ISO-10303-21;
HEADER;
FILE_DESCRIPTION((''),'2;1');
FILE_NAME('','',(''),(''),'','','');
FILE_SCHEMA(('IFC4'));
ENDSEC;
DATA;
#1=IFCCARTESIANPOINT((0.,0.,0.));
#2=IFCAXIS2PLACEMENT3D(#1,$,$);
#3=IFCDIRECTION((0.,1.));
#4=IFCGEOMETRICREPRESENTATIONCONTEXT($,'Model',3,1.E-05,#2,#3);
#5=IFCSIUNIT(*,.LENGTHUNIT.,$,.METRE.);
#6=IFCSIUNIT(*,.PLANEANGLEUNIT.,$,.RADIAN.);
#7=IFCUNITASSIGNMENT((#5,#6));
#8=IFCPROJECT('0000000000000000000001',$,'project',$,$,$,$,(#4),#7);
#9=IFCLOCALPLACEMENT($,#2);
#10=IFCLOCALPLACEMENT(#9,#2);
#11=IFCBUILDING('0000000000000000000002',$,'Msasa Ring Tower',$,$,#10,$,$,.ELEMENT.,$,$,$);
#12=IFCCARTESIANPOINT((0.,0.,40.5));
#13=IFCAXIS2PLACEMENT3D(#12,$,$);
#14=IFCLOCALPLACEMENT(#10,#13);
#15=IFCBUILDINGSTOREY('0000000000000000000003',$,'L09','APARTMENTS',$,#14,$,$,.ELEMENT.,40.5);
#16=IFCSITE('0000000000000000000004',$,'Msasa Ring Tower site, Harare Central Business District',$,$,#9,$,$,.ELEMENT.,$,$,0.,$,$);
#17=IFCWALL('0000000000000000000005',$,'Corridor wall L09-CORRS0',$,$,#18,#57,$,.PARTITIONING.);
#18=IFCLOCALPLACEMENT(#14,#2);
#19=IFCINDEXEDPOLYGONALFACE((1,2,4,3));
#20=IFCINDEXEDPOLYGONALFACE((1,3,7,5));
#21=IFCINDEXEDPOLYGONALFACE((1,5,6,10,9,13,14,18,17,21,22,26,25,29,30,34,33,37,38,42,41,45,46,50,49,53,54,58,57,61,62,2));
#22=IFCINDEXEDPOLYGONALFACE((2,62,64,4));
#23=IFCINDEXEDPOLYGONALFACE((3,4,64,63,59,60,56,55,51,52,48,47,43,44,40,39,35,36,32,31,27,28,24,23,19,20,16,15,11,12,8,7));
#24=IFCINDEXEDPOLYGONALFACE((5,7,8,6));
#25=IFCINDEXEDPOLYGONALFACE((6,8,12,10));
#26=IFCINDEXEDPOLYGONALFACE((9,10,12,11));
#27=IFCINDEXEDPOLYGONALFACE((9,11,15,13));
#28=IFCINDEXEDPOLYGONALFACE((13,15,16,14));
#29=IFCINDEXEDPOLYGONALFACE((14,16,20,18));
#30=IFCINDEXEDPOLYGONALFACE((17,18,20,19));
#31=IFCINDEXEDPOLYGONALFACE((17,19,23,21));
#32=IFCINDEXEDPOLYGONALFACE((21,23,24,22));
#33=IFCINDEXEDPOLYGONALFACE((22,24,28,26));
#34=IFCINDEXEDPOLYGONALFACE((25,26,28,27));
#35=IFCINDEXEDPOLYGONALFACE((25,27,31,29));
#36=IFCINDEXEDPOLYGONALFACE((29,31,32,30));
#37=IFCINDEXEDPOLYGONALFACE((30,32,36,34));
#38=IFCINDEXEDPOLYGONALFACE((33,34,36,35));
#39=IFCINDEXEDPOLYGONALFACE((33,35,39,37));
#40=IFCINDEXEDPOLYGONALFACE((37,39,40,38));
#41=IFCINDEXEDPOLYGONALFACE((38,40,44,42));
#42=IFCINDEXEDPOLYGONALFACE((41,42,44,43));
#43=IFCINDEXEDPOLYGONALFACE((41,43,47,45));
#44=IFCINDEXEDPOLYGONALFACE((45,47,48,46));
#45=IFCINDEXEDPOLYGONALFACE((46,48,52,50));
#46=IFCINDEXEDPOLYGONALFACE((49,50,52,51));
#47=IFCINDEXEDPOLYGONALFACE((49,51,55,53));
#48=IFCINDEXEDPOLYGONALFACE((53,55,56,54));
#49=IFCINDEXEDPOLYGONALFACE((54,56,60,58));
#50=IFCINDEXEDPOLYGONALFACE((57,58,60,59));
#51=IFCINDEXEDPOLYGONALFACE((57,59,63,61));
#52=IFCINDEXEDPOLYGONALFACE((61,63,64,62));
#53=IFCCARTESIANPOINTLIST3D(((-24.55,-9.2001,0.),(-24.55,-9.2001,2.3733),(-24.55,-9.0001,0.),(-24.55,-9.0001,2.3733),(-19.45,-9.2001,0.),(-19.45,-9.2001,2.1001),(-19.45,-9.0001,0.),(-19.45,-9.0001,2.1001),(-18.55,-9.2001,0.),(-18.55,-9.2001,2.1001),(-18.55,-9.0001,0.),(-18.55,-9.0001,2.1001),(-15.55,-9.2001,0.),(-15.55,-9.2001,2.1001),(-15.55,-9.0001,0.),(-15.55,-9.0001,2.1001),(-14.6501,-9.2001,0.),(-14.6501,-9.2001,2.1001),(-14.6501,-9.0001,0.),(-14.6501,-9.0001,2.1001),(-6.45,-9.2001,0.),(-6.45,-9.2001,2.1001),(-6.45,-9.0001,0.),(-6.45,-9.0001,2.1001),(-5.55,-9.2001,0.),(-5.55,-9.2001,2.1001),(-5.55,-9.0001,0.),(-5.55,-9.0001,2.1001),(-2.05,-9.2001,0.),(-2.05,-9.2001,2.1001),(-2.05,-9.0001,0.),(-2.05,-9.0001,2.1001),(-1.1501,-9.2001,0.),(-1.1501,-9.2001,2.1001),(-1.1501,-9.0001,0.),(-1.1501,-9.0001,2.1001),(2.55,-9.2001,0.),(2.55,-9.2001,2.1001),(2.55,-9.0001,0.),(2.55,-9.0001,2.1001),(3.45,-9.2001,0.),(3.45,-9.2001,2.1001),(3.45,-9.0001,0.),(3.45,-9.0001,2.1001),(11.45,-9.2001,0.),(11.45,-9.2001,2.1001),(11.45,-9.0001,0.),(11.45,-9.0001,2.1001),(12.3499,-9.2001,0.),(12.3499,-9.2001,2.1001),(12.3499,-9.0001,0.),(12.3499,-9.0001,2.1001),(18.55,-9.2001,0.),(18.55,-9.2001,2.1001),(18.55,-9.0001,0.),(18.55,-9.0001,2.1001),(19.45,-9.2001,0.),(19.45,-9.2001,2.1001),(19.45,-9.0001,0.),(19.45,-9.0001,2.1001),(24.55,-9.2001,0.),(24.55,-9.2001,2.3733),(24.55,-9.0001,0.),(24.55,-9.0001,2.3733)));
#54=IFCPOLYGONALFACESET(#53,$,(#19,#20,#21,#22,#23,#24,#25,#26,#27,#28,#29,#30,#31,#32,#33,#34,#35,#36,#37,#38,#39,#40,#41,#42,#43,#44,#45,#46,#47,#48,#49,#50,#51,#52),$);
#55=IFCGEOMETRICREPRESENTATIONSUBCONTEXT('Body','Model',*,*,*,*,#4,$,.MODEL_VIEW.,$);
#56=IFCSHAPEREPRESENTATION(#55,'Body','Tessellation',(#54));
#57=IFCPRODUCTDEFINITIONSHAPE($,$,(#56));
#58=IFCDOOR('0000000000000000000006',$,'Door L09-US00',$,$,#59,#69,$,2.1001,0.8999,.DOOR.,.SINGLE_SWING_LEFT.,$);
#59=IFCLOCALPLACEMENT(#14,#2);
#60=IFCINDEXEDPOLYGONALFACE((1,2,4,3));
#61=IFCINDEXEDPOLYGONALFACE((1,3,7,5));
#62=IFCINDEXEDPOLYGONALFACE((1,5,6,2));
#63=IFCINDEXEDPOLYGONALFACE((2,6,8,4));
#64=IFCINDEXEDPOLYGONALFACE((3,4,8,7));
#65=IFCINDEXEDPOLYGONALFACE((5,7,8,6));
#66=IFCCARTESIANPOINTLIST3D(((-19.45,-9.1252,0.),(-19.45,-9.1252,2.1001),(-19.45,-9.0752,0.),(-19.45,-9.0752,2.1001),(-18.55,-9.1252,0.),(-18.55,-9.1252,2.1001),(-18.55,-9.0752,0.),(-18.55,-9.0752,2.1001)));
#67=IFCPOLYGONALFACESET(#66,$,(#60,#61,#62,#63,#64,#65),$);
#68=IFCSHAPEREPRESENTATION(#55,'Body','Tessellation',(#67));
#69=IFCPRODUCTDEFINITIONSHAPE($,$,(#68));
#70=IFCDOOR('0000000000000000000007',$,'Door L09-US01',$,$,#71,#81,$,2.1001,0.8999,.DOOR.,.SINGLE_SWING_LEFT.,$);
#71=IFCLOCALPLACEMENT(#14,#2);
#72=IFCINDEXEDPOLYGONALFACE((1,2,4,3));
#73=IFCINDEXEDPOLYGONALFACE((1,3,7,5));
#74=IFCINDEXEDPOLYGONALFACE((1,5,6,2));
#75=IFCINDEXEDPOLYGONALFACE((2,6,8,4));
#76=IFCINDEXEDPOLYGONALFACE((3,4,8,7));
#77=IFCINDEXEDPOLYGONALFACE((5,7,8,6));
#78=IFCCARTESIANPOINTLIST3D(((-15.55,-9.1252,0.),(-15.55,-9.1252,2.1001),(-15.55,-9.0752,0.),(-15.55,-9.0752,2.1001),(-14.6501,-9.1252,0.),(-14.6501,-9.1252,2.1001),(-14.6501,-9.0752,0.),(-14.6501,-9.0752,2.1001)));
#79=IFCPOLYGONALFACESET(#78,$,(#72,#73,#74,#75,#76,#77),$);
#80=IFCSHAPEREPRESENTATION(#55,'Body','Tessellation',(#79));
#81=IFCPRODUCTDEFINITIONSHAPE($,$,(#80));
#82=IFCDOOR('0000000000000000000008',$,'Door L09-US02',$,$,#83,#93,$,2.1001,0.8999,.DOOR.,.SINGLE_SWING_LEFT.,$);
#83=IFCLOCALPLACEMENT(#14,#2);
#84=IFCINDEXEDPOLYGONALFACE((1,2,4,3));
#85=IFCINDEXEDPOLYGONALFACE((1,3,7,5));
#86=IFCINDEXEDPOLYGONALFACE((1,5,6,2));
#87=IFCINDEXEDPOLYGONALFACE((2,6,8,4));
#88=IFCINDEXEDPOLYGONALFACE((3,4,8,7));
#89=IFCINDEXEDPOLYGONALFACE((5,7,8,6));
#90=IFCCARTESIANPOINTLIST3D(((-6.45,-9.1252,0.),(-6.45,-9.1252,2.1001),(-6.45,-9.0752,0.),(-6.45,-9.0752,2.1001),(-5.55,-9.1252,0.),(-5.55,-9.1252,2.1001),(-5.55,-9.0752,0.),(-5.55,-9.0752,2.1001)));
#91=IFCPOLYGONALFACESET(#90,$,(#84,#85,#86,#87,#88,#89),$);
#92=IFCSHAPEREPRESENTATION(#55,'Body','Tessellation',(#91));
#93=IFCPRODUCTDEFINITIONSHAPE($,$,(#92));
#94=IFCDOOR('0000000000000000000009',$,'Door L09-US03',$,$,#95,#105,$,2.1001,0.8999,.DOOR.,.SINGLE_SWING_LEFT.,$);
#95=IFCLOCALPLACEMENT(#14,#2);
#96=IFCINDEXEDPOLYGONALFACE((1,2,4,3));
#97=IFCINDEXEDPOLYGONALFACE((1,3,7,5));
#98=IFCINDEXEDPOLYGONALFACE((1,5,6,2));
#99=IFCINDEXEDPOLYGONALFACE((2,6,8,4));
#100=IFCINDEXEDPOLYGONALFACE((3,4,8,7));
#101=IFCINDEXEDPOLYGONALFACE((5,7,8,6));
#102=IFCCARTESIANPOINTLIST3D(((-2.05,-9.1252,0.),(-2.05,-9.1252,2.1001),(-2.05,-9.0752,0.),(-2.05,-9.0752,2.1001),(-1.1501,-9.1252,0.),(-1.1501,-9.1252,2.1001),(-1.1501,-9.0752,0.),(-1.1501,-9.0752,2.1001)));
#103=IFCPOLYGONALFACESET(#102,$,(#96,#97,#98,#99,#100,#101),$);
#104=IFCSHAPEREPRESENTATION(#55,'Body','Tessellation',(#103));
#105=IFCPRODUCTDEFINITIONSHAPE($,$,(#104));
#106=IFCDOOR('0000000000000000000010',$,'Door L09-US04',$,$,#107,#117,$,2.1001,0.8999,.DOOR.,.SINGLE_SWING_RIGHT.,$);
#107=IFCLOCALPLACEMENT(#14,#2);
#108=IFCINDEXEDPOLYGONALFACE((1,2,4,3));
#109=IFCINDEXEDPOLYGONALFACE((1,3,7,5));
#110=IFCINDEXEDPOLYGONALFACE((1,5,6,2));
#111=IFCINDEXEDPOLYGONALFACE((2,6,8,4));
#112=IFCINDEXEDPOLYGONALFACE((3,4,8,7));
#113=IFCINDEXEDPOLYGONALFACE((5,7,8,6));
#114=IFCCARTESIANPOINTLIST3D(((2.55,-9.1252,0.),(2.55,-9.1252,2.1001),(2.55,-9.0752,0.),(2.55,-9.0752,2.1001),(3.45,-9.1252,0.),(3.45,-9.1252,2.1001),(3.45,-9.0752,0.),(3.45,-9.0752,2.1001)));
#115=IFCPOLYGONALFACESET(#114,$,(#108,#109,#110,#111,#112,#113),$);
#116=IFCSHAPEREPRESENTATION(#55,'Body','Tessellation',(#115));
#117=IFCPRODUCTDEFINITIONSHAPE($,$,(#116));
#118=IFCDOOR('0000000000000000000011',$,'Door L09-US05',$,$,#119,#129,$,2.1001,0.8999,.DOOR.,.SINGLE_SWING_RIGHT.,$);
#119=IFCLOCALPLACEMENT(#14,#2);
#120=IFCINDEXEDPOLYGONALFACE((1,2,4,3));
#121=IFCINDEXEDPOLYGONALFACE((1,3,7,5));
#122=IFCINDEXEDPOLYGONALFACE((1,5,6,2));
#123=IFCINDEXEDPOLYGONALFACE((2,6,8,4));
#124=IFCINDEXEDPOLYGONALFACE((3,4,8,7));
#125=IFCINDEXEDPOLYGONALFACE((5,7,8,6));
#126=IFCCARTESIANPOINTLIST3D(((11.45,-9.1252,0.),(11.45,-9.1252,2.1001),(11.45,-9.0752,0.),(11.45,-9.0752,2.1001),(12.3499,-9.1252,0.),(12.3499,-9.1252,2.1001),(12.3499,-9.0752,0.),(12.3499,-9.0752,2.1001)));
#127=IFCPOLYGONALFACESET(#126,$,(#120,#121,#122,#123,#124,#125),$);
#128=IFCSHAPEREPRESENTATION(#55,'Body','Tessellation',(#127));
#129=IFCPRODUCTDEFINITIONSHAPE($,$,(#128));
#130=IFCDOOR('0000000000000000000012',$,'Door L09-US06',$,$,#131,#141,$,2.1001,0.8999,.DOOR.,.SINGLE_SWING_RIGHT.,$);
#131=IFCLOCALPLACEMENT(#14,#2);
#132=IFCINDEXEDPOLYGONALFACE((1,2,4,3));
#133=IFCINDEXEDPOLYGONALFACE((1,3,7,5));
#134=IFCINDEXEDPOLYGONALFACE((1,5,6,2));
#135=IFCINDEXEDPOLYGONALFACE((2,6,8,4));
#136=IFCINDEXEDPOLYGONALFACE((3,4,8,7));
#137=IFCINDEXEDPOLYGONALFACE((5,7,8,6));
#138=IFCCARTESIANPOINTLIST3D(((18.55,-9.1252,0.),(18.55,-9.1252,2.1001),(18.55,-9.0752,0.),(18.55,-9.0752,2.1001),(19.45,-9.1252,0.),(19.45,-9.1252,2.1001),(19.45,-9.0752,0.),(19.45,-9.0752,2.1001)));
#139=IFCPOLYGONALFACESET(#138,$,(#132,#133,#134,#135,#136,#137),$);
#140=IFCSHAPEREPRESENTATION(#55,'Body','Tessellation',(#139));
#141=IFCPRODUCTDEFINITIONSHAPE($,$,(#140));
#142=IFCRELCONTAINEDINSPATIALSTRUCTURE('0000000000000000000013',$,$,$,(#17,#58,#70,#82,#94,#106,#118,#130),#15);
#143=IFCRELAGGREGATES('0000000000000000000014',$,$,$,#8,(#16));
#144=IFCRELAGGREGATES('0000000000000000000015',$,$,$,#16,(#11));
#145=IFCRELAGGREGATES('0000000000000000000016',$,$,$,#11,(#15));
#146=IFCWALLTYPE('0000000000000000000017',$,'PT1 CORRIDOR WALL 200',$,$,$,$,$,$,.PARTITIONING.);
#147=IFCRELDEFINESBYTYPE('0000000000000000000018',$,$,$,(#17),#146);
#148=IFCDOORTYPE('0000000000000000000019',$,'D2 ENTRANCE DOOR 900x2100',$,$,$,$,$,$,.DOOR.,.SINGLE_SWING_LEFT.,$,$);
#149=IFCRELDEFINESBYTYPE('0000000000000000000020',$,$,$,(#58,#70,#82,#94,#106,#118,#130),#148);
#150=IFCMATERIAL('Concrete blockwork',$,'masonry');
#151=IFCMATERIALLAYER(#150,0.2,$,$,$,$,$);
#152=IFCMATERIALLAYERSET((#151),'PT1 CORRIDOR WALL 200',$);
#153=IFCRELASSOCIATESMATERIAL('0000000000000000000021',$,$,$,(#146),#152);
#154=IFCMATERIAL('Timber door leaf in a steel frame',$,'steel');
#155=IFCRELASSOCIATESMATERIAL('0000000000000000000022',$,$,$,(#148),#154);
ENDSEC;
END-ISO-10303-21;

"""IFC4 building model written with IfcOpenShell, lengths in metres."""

from ifc_helpers import new_model, si_unit, direction, frame, frame_2d, origin, place, context, subcontext, project, spatial, rectangle, extrude, material, layer, layer_set, type_object, element, fill, save


model = new_model("IFC4")

# Units and contexts
model_context = context("Model", 3, precision=1e-05, world=origin(), true_north=direction((0.0, 1.0)))
body_context = subcontext(model_context, "Body", "Model", "MODEL_VIEW")
ifc_project = project(units=[si_unit("LENGTHUNIT", "METRE"), si_unit("PLANEANGLEUNIT", "RADIAN")], contexts=[model_context])

# Site, building, storey
site_placement = place(None, origin())
site = spatial("IfcSite", under=ifc_project, at=site_placement, Name="Msasa Ring Tower site, Harare Central Business District", CompositionType="ELEMENT", RefElevation=0.0)
building_placement = place(site_placement, origin())
building = spatial("IfcBuilding", under=site, at=building_placement, Name="Msasa Ring Tower", CompositionType="ELEMENT")
storey_placement = place(building_placement, frame((0.0, 0.0, 40.5)))
storey = spatial("IfcBuildingStorey", under=building, at=storey_placement, Name="L09", Description="APARTMENTS", CompositionType="ELEMENT", Elevation=40.5)

# Wall, openings, doors
ifc_material_1 = material(Name="Concrete blockwork", Category="masonry")
ifc_layer_1 = layer(ifc_material_1, 0.2)
ifc_layer_set_1 = layer_set([ifc_layer_1], Name="PT1 CORRIDOR WALL 200")
wall_type_1 = type_object("IfcWallType", Name="PT1 CORRIDOR WALL 200", PredefinedType="PARTITIONING", material=ifc_layer_set_1)
wall_1_placement = place(storey_placement, frame((-24.55, -9.1001, 0.0), z_axis=(0.0, 0.0, 1.0), x_axis=(1.0, 0.0, 0.0)))
wall_1 = element("IfcWall", 1, at=wall_1_placement, inside=storey, type_object=wall_type_1, Name="Corridor wall L09-CORRS0", PredefinedType="PARTITIONING", context=body_context, shape_type="SweptSolid", body=[
    extrude(rectangle(XDim=49.1001, YDim=0.2, at=frame_2d((24.55, 0.0))), origin(), (0.0, 0.0, 1.0), 2.3733),
])
opening_1_placement = place(wall_1_placement, frame((5.1001, 0.0, 0.0)))
opening_1 = element("IfcOpeningElement", 2, at=opening_1_placement, cuts=wall_1, PredefinedType="OPENING", context=body_context, shape_type="SweptSolid", body=[
    extrude(rectangle(XDim=0.8999, YDim=2.1001, at=frame_2d((0.45, 1.05))), frame((0.0, 0.1099, 0.0), z_axis=(0.0, -1.0, 0.0), x_axis=(1.0, 0.0, 0.0)), (0.0, 0.0, 1.0), 0.22),
])
opening_2_placement = place(wall_1_placement, frame((9.0, 0.0, 0.0)))
opening_2 = element("IfcOpeningElement", 3, at=opening_2_placement, cuts=wall_1, PredefinedType="OPENING", context=body_context, shape_type="SweptSolid", body=[
    extrude(rectangle(XDim=0.8999, YDim=2.1001, at=frame_2d((0.45, 1.05))), frame((0.0, 0.1099, 0.0), z_axis=(0.0, -1.0, 0.0), x_axis=(1.0, 0.0, 0.0)), (0.0, 0.0, 1.0), 0.22),
])
opening_3_placement = place(wall_1_placement, frame((18.1001, 0.0, 0.0)))
opening_3 = element("IfcOpeningElement", 4, at=opening_3_placement, cuts=wall_1, PredefinedType="OPENING", context=body_context, shape_type="SweptSolid", body=[
    extrude(rectangle(XDim=0.8999, YDim=2.1001, at=frame_2d((0.45, 1.05))), frame((0.0, 0.1099, 0.0), z_axis=(0.0, -1.0, 0.0), x_axis=(1.0, 0.0, 0.0)), (0.0, 0.0, 1.0), 0.22),
])
opening_4_placement = place(wall_1_placement, frame((22.5, 0.0, 0.0)))
opening_4 = element("IfcOpeningElement", 5, at=opening_4_placement, cuts=wall_1, PredefinedType="OPENING", context=body_context, shape_type="SweptSolid", body=[
    extrude(rectangle(XDim=0.8999, YDim=2.1001, at=frame_2d((0.45, 1.05))), frame((0.0, 0.1099, 0.0), z_axis=(0.0, -1.0, 0.0), x_axis=(1.0, 0.0, 0.0)), (0.0, 0.0, 1.0), 0.22),
])
opening_5_placement = place(wall_1_placement, frame((27.1001, 0.0, 0.0)))
opening_5 = element("IfcOpeningElement", 6, at=opening_5_placement, cuts=wall_1, PredefinedType="OPENING", context=body_context, shape_type="SweptSolid", body=[
    extrude(rectangle(XDim=0.8999, YDim=2.1001, at=frame_2d((0.45, 1.05))), frame((0.0, 0.1099, 0.0), z_axis=(0.0, -1.0, 0.0), x_axis=(1.0, 0.0, 0.0)), (0.0, 0.0, 1.0), 0.22),
])
opening_6_placement = place(wall_1_placement, frame((36.0, 0.0, 0.0)))
opening_6 = element("IfcOpeningElement", 7, at=opening_6_placement, cuts=wall_1, PredefinedType="OPENING", context=body_context, shape_type="SweptSolid", body=[
    extrude(rectangle(XDim=0.8999, YDim=2.1001, at=frame_2d((0.45, 1.05))), frame((0.0, 0.1099, 0.0), z_axis=(0.0, -1.0, 0.0), x_axis=(1.0, 0.0, 0.0)), (0.0, 0.0, 1.0), 0.22),
])
opening_7_placement = place(wall_1_placement, frame((43.1001, 0.0, 0.0)))
opening_7 = element("IfcOpeningElement", 8, at=opening_7_placement, cuts=wall_1, PredefinedType="OPENING", context=body_context, shape_type="SweptSolid", body=[
    extrude(rectangle(XDim=0.8999, YDim=2.1001, at=frame_2d((0.45, 1.05))), frame((0.0, 0.1099, 0.0), z_axis=(0.0, -1.0, 0.0), x_axis=(1.0, 0.0, 0.0)), (0.0, 0.0, 1.0), 0.22),
])
ifc_material_2 = material(Name="Timber door leaf in a steel frame", Category="steel")
door_type_1 = type_object("IfcDoorType", Name="D2 ENTRANCE DOOR 900x2100", OperationType="SINGLE_SWING_LEFT", PredefinedType="DOOR", material=ifc_material_2)
door_1_placement = place(opening_1_placement, origin())
door_1 = element("IfcDoor", 9, at=door_1_placement, inside=storey, type_object=door_type_1, Name="Door L09-US00", OperationType="SINGLE_SWING_LEFT", OverallHeight=2.1001, OverallWidth=0.8999, PredefinedType="DOOR", context=body_context, shape_type="SweptSolid", body=[
    extrude(rectangle(XDim=0.8999, YDim=2.1001, at=frame_2d((0.45, 1.05))), frame((0.0, 0.0249, 0.0), z_axis=(0.0, -1.0, 0.0), x_axis=(1.0, 0.0, 0.0)), (0.0, 0.0, 1.0), 0.05),
])
fill(opening_1, door_1)
door_2_placement = place(opening_2_placement, origin())
door_2 = element("IfcDoor", 10, at=door_2_placement, inside=storey, type_object=door_type_1, Name="Door L09-US01", OperationType="SINGLE_SWING_LEFT", OverallHeight=2.1001, OverallWidth=0.8999, PredefinedType="DOOR", context=body_context, shape_type="SweptSolid", body=[
    extrude(rectangle(XDim=0.8999, YDim=2.1001, at=frame_2d((0.45, 1.05))), frame((0.0, 0.0249, 0.0), z_axis=(0.0, -1.0, 0.0), x_axis=(1.0, 0.0, 0.0)), (0.0, 0.0, 1.0), 0.05),
])
fill(opening_2, door_2)
door_3_placement = place(opening_3_placement, origin())
door_3 = element("IfcDoor", 11, at=door_3_placement, inside=storey, type_object=door_type_1, Name="Door L09-US02", OperationType="SINGLE_SWING_LEFT", OverallHeight=2.1001, OverallWidth=0.8999, PredefinedType="DOOR", context=body_context, shape_type="SweptSolid", body=[
    extrude(rectangle(XDim=0.8999, YDim=2.1001, at=frame_2d((0.45, 1.05))), frame((0.0, 0.0249, 0.0), z_axis=(0.0, -1.0, 0.0), x_axis=(1.0, 0.0, 0.0)), (0.0, 0.0, 1.0), 0.05),
])
fill(opening_3, door_3)
door_4_placement = place(opening_4_placement, origin())
door_4 = element("IfcDoor", 12, at=door_4_placement, inside=storey, type_object=door_type_1, Name="Door L09-US03", OperationType="SINGLE_SWING_LEFT", OverallHeight=2.1001, OverallWidth=0.8999, PredefinedType="DOOR", context=body_context, shape_type="SweptSolid", body=[
    extrude(rectangle(XDim=0.8999, YDim=2.1001, at=frame_2d((0.45, 1.05))), frame((0.0, 0.0249, 0.0), z_axis=(0.0, -1.0, 0.0), x_axis=(1.0, 0.0, 0.0)), (0.0, 0.0, 1.0), 0.05),
])
fill(opening_4, door_4)
door_5_placement = place(opening_5_placement, origin())
door_5 = element("IfcDoor", 13, at=door_5_placement, inside=storey, type_object=door_type_1, Name="Door L09-US04", OperationType="SINGLE_SWING_RIGHT", OverallHeight=2.1001, OverallWidth=0.8999, PredefinedType="DOOR", context=body_context, shape_type="SweptSolid", body=[
    extrude(rectangle(XDim=0.8999, YDim=2.1001, at=frame_2d((0.45, 1.05))), frame((0.0, 0.0249, 0.0), z_axis=(0.0, -1.0, 0.0), x_axis=(1.0, 0.0, 0.0)), (0.0, 0.0, 1.0), 0.05),
])
fill(opening_5, door_5)
door_6_placement = place(opening_6_placement, origin())
door_6 = element("IfcDoor", 14, at=door_6_placement, inside=storey, type_object=door_type_1, Name="Door L09-US05", OperationType="SINGLE_SWING_RIGHT", OverallHeight=2.1001, OverallWidth=0.8999, PredefinedType="DOOR", context=body_context, shape_type="SweptSolid", body=[
    extrude(rectangle(XDim=0.8999, YDim=2.1001, at=frame_2d((0.45, 1.05))), frame((0.0, 0.0249, 0.0), z_axis=(0.0, -1.0, 0.0), x_axis=(1.0, 0.0, 0.0)), (0.0, 0.0, 1.0), 0.05),
])
fill(opening_6, door_6)
door_7_placement = place(opening_7_placement, origin())
door_7 = element("IfcDoor", 15, at=door_7_placement, inside=storey, type_object=door_type_1, Name="Door L09-US06", OperationType="SINGLE_SWING_RIGHT", OverallHeight=2.1001, OverallWidth=0.8999, PredefinedType="DOOR", context=body_context, shape_type="SweptSolid", body=[
    extrude(rectangle(XDim=0.8999, YDim=2.1001, at=frame_2d((0.45, 1.05))), frame((0.0, 0.0249, 0.0), z_axis=(0.0, -1.0, 0.0), x_axis=(1.0, 0.0, 0.0)), (0.0, 0.0, 1.0), 0.05),
])
fill(opening_7, door_7)

save(model, "model.ifc")
